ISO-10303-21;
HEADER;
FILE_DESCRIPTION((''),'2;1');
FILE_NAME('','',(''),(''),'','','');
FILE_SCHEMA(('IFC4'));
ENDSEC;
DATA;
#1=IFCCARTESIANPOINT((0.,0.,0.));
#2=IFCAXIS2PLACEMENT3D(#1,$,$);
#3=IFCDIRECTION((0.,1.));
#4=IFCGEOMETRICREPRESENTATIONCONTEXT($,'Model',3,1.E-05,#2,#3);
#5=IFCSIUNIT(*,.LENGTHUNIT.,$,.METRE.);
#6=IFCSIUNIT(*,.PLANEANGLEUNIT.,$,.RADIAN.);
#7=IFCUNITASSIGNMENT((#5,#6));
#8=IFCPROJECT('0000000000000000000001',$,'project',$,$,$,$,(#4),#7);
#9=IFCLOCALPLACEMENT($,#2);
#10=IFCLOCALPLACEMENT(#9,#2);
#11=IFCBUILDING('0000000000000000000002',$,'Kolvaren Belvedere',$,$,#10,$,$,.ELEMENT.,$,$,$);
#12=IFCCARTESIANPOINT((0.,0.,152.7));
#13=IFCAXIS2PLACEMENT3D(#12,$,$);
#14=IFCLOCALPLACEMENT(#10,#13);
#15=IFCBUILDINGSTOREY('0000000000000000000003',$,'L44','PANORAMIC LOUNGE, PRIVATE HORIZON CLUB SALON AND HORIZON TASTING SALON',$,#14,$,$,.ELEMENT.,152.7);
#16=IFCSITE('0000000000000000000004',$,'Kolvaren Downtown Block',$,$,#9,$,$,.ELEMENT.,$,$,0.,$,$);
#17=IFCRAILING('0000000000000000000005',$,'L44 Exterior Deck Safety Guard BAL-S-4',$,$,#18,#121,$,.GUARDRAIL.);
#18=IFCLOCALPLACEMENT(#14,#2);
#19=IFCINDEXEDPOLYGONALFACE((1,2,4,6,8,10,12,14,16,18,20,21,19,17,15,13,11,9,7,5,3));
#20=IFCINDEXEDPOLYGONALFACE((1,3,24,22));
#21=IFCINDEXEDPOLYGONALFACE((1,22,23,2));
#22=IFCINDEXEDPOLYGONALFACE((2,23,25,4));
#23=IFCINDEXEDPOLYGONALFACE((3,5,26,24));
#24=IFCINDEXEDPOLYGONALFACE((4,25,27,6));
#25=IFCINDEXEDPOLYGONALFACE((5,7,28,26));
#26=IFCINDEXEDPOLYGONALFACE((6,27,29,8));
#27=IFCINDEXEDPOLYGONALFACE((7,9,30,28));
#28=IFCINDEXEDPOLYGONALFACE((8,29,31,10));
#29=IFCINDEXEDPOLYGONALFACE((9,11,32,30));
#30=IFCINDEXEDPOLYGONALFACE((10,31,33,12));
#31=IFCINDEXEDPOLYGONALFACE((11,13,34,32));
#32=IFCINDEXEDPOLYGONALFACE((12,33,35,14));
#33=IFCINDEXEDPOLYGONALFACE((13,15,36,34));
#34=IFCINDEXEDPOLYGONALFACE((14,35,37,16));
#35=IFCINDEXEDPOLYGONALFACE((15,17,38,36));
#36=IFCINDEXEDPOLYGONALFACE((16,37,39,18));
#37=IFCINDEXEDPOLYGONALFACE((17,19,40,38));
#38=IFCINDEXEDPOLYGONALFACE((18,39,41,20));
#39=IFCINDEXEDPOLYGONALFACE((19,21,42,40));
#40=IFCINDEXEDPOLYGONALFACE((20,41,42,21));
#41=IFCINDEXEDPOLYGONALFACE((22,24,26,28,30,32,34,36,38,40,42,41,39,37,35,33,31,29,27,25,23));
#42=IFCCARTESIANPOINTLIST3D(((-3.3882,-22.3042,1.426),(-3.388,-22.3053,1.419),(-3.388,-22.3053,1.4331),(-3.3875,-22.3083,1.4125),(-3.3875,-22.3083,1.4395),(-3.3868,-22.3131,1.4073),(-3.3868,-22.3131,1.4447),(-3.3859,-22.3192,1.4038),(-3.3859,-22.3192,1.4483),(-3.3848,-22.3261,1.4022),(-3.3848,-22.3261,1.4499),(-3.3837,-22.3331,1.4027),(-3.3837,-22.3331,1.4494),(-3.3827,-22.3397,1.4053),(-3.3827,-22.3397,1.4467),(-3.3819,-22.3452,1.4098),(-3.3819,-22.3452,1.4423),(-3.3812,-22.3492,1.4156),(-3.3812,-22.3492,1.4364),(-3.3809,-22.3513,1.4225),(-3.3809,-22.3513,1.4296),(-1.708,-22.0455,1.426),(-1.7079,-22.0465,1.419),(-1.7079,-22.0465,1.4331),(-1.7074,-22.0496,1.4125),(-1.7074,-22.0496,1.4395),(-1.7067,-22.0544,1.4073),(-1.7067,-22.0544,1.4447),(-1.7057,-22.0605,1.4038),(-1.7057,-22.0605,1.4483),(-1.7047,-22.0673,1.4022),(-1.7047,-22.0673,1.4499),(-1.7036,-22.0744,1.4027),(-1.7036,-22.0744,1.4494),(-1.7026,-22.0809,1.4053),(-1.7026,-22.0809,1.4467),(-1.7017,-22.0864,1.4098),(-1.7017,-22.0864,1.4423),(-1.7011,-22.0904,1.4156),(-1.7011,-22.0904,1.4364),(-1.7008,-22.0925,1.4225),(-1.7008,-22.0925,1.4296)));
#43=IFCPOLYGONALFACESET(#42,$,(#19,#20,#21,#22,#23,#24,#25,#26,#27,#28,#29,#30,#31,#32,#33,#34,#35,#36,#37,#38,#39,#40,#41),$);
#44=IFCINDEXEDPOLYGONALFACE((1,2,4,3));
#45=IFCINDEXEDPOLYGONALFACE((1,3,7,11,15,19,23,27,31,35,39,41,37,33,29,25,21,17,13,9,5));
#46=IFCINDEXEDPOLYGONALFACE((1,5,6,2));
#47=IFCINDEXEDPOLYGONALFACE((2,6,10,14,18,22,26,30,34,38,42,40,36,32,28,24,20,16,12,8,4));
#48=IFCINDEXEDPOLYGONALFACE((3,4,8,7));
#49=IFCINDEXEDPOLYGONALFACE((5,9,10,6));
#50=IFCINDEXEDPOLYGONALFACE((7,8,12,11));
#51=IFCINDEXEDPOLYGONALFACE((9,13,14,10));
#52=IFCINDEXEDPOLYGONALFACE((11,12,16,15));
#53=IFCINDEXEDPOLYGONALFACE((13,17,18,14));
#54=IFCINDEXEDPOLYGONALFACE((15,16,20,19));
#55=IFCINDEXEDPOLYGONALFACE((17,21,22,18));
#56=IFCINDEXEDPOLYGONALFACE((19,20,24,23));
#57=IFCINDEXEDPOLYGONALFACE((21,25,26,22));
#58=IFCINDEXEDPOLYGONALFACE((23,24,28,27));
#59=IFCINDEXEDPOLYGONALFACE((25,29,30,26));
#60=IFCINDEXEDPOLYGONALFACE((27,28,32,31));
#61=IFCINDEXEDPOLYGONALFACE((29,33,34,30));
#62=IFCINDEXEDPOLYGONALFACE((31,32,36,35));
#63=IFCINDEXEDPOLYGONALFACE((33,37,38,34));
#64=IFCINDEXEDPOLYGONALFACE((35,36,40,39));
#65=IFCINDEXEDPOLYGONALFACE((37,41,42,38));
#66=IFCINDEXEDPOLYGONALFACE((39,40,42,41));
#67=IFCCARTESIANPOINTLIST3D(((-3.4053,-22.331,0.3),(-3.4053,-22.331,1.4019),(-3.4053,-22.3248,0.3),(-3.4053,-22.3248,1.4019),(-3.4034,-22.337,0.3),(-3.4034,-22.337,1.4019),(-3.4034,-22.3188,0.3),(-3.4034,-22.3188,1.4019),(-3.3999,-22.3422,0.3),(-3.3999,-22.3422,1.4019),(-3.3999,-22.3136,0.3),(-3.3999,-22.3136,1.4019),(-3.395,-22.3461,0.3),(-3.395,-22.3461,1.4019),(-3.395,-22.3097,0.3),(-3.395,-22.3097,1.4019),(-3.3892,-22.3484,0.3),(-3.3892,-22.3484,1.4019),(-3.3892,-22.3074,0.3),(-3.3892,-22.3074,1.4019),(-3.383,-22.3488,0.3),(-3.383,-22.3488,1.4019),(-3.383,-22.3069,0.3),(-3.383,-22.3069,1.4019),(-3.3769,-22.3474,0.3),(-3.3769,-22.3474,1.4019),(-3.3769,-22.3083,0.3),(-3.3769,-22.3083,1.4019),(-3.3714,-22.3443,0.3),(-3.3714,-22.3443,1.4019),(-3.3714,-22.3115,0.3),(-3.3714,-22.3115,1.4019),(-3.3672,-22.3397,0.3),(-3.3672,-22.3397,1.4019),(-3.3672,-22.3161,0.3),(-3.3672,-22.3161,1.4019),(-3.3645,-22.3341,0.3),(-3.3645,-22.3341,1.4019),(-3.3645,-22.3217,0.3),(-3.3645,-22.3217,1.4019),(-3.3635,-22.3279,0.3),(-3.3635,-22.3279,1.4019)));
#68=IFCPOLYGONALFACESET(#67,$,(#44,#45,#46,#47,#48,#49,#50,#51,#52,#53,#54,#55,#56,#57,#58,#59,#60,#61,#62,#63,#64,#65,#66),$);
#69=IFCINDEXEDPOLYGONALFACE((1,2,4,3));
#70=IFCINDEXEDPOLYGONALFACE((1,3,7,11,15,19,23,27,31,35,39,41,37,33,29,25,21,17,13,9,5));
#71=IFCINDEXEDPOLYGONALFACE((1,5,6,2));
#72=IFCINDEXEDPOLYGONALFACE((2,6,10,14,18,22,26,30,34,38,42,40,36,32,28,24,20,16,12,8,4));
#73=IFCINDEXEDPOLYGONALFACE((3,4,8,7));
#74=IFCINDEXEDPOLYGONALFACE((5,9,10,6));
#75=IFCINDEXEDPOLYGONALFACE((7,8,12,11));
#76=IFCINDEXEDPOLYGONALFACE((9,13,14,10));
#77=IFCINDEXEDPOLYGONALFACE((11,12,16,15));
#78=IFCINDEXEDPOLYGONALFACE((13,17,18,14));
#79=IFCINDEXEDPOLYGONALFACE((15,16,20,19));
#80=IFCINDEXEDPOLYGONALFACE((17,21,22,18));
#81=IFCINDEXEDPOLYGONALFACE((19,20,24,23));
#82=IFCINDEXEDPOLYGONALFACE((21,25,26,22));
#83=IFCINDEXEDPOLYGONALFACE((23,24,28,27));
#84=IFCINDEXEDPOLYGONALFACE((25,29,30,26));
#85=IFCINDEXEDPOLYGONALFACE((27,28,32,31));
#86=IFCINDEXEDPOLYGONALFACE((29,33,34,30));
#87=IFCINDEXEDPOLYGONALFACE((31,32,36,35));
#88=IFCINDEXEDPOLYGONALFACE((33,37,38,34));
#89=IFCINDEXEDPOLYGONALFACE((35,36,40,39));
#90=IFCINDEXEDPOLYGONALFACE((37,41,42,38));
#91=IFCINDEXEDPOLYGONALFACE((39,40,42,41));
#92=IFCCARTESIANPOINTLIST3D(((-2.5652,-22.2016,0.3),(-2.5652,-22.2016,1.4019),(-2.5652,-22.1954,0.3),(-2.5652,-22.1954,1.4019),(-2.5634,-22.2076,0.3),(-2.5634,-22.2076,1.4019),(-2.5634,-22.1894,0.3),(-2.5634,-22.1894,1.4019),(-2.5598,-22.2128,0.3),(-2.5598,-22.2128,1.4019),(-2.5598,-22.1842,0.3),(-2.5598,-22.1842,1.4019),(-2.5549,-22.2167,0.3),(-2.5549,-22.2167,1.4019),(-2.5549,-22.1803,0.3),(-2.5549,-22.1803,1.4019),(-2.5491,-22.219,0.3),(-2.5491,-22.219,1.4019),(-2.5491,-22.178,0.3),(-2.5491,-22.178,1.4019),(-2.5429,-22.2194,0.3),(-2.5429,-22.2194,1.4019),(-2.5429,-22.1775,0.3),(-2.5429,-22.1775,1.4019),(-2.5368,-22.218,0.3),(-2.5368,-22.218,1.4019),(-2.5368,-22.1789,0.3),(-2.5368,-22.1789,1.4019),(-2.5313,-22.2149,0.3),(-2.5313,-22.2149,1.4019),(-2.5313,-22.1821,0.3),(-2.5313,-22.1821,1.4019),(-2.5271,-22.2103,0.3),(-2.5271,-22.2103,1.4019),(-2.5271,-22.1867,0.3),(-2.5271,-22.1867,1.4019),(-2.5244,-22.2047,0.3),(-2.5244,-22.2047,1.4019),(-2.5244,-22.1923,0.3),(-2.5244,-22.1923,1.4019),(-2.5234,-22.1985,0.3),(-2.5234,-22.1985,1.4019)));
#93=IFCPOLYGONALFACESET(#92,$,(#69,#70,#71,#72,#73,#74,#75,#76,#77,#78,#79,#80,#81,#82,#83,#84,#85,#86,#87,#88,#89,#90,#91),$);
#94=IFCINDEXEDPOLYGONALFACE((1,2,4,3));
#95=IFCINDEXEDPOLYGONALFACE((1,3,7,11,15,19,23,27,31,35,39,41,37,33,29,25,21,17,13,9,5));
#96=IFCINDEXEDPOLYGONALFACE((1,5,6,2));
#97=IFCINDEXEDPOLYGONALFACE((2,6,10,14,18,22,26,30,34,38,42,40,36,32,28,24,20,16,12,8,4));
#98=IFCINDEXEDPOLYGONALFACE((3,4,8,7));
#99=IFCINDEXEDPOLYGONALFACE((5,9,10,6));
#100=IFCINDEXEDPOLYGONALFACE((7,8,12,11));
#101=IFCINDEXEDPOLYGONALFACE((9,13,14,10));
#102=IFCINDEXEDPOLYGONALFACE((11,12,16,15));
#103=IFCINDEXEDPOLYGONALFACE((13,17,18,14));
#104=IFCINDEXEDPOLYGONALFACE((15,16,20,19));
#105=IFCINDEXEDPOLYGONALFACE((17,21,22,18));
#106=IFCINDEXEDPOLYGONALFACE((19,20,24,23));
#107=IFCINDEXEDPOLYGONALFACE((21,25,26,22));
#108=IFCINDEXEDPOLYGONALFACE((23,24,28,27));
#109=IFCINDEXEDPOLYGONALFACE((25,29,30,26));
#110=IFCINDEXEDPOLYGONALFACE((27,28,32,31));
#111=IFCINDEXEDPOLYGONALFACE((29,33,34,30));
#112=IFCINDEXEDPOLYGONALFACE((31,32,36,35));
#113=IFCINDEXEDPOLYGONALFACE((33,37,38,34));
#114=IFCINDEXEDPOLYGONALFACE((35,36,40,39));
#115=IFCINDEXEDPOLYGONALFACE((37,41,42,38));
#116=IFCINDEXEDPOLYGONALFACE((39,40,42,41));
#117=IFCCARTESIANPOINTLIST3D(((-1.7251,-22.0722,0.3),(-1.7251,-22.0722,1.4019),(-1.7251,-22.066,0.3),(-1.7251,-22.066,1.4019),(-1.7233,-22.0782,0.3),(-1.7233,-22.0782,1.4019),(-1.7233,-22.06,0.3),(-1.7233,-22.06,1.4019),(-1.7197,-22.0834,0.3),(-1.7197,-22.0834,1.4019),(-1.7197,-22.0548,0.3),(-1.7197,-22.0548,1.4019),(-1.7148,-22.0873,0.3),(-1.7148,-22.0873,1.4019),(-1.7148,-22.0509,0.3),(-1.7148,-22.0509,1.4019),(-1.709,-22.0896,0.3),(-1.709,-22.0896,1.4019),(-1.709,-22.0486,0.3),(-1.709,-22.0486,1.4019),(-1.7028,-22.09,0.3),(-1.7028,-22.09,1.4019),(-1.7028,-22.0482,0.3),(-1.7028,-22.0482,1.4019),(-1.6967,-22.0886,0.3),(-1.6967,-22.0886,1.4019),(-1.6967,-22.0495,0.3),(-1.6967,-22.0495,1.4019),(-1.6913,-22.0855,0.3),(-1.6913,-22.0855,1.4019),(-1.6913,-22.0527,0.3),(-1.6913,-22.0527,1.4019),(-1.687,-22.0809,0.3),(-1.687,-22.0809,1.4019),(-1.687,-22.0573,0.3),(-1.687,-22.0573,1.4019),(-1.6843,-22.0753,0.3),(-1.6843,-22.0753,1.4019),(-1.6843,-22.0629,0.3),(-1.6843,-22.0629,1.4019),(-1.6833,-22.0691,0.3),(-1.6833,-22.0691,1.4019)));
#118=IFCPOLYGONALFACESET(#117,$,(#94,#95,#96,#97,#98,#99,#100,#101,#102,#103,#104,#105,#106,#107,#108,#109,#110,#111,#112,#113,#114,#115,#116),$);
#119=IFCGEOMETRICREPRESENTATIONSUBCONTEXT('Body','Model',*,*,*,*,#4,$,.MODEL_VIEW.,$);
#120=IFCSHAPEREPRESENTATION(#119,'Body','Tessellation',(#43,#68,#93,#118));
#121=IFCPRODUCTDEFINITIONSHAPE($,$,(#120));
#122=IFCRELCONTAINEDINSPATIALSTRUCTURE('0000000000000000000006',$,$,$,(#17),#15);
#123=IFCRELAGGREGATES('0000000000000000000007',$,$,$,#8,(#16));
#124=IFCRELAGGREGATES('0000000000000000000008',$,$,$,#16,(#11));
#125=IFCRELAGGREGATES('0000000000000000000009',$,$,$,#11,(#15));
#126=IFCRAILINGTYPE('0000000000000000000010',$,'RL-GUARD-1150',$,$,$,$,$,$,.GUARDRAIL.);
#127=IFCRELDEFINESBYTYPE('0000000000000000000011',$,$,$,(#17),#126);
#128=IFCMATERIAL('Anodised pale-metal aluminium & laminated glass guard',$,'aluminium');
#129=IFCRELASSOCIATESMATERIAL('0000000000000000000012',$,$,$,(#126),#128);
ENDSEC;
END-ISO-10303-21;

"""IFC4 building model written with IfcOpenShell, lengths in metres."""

from ifc_helpers import new_model, si_unit, direction, frame, origin, origin_2d, place, context, subcontext, project, spatial, circle, extrude, material, type_object, element, save


model = new_model("IFC4")

# Units and contexts
model_context = context("Model", 3, precision=1e-05, world=origin(), true_north=direction((0.0, 1.0)))
body_context = subcontext(model_context, "Body", "Model", "MODEL_VIEW")
ifc_project = project(units=[si_unit("LENGTHUNIT", "METRE"), si_unit("PLANEANGLEUNIT", "RADIAN")], contexts=[model_context])

# Site, building, storey
site_placement = place(None, origin())
site = spatial("IfcSite", under=ifc_project, at=site_placement, Name="Kolvaren Downtown Block", CompositionType="ELEMENT", RefElevation=0.0)
building_placement = place(site_placement, origin())
building = spatial("IfcBuilding", under=site, at=building_placement, Name="Kolvaren Belvedere", CompositionType="ELEMENT")
storey_placement = place(building_placement, frame((0.0, 0.0, 152.7)))
storey = spatial("IfcBuildingStorey", under=building, at=storey_placement, Name="L44", Description="PANORAMIC LOUNGE, PRIVATE HORIZON CLUB SALON AND HORIZON TASTING SALON", CompositionType="ELEMENT", Elevation=152.7)

# Railing
ifc_material_1 = material(Name="Anodised pale-metal aluminium & laminated glass guard", Category="aluminium")
railing_type = type_object("IfcRailingType", Name="RL-GUARD-1150", PredefinedType="GUARDRAIL", material=ifc_material_1)
railing_1_placement = place(storey_placement, frame((-3.3845, -22.3279, 0.3)))
element("IfcRailing", 1, at=railing_1_placement, inside=storey, type_object=railing_type, Name="L44 Exterior Deck Safety Guard BAL-S-4", PredefinedType="GUARDRAIL", context=body_context, shape_type="SweptSolid", body=[
    extrude(circle(Radius=0.0239, at=origin_2d()), frame((0.0, 0.0, 1.126), z_axis=(0.988345, 0.15223, 0.0), x_axis=(-0.15223, 0.988345, 0.0)), (0.0, 0.0, 1.0), 1.7),
    extrude(circle(Radius=0.021, at=origin_2d()), origin(), (0.0, 0.0, 1.0), 1.1018),
    extrude(circle(Radius=0.021, at=origin_2d()), frame((0.8401, 0.1294, 0.0)), (0.0, 0.0, 1.0), 1.1018),
    extrude(circle(Radius=0.021, at=origin_2d()), frame((1.6802, 0.2588, 0.0)), (0.0, 0.0, 1.0), 1.1018),
])

save(model, "model.ifc")
